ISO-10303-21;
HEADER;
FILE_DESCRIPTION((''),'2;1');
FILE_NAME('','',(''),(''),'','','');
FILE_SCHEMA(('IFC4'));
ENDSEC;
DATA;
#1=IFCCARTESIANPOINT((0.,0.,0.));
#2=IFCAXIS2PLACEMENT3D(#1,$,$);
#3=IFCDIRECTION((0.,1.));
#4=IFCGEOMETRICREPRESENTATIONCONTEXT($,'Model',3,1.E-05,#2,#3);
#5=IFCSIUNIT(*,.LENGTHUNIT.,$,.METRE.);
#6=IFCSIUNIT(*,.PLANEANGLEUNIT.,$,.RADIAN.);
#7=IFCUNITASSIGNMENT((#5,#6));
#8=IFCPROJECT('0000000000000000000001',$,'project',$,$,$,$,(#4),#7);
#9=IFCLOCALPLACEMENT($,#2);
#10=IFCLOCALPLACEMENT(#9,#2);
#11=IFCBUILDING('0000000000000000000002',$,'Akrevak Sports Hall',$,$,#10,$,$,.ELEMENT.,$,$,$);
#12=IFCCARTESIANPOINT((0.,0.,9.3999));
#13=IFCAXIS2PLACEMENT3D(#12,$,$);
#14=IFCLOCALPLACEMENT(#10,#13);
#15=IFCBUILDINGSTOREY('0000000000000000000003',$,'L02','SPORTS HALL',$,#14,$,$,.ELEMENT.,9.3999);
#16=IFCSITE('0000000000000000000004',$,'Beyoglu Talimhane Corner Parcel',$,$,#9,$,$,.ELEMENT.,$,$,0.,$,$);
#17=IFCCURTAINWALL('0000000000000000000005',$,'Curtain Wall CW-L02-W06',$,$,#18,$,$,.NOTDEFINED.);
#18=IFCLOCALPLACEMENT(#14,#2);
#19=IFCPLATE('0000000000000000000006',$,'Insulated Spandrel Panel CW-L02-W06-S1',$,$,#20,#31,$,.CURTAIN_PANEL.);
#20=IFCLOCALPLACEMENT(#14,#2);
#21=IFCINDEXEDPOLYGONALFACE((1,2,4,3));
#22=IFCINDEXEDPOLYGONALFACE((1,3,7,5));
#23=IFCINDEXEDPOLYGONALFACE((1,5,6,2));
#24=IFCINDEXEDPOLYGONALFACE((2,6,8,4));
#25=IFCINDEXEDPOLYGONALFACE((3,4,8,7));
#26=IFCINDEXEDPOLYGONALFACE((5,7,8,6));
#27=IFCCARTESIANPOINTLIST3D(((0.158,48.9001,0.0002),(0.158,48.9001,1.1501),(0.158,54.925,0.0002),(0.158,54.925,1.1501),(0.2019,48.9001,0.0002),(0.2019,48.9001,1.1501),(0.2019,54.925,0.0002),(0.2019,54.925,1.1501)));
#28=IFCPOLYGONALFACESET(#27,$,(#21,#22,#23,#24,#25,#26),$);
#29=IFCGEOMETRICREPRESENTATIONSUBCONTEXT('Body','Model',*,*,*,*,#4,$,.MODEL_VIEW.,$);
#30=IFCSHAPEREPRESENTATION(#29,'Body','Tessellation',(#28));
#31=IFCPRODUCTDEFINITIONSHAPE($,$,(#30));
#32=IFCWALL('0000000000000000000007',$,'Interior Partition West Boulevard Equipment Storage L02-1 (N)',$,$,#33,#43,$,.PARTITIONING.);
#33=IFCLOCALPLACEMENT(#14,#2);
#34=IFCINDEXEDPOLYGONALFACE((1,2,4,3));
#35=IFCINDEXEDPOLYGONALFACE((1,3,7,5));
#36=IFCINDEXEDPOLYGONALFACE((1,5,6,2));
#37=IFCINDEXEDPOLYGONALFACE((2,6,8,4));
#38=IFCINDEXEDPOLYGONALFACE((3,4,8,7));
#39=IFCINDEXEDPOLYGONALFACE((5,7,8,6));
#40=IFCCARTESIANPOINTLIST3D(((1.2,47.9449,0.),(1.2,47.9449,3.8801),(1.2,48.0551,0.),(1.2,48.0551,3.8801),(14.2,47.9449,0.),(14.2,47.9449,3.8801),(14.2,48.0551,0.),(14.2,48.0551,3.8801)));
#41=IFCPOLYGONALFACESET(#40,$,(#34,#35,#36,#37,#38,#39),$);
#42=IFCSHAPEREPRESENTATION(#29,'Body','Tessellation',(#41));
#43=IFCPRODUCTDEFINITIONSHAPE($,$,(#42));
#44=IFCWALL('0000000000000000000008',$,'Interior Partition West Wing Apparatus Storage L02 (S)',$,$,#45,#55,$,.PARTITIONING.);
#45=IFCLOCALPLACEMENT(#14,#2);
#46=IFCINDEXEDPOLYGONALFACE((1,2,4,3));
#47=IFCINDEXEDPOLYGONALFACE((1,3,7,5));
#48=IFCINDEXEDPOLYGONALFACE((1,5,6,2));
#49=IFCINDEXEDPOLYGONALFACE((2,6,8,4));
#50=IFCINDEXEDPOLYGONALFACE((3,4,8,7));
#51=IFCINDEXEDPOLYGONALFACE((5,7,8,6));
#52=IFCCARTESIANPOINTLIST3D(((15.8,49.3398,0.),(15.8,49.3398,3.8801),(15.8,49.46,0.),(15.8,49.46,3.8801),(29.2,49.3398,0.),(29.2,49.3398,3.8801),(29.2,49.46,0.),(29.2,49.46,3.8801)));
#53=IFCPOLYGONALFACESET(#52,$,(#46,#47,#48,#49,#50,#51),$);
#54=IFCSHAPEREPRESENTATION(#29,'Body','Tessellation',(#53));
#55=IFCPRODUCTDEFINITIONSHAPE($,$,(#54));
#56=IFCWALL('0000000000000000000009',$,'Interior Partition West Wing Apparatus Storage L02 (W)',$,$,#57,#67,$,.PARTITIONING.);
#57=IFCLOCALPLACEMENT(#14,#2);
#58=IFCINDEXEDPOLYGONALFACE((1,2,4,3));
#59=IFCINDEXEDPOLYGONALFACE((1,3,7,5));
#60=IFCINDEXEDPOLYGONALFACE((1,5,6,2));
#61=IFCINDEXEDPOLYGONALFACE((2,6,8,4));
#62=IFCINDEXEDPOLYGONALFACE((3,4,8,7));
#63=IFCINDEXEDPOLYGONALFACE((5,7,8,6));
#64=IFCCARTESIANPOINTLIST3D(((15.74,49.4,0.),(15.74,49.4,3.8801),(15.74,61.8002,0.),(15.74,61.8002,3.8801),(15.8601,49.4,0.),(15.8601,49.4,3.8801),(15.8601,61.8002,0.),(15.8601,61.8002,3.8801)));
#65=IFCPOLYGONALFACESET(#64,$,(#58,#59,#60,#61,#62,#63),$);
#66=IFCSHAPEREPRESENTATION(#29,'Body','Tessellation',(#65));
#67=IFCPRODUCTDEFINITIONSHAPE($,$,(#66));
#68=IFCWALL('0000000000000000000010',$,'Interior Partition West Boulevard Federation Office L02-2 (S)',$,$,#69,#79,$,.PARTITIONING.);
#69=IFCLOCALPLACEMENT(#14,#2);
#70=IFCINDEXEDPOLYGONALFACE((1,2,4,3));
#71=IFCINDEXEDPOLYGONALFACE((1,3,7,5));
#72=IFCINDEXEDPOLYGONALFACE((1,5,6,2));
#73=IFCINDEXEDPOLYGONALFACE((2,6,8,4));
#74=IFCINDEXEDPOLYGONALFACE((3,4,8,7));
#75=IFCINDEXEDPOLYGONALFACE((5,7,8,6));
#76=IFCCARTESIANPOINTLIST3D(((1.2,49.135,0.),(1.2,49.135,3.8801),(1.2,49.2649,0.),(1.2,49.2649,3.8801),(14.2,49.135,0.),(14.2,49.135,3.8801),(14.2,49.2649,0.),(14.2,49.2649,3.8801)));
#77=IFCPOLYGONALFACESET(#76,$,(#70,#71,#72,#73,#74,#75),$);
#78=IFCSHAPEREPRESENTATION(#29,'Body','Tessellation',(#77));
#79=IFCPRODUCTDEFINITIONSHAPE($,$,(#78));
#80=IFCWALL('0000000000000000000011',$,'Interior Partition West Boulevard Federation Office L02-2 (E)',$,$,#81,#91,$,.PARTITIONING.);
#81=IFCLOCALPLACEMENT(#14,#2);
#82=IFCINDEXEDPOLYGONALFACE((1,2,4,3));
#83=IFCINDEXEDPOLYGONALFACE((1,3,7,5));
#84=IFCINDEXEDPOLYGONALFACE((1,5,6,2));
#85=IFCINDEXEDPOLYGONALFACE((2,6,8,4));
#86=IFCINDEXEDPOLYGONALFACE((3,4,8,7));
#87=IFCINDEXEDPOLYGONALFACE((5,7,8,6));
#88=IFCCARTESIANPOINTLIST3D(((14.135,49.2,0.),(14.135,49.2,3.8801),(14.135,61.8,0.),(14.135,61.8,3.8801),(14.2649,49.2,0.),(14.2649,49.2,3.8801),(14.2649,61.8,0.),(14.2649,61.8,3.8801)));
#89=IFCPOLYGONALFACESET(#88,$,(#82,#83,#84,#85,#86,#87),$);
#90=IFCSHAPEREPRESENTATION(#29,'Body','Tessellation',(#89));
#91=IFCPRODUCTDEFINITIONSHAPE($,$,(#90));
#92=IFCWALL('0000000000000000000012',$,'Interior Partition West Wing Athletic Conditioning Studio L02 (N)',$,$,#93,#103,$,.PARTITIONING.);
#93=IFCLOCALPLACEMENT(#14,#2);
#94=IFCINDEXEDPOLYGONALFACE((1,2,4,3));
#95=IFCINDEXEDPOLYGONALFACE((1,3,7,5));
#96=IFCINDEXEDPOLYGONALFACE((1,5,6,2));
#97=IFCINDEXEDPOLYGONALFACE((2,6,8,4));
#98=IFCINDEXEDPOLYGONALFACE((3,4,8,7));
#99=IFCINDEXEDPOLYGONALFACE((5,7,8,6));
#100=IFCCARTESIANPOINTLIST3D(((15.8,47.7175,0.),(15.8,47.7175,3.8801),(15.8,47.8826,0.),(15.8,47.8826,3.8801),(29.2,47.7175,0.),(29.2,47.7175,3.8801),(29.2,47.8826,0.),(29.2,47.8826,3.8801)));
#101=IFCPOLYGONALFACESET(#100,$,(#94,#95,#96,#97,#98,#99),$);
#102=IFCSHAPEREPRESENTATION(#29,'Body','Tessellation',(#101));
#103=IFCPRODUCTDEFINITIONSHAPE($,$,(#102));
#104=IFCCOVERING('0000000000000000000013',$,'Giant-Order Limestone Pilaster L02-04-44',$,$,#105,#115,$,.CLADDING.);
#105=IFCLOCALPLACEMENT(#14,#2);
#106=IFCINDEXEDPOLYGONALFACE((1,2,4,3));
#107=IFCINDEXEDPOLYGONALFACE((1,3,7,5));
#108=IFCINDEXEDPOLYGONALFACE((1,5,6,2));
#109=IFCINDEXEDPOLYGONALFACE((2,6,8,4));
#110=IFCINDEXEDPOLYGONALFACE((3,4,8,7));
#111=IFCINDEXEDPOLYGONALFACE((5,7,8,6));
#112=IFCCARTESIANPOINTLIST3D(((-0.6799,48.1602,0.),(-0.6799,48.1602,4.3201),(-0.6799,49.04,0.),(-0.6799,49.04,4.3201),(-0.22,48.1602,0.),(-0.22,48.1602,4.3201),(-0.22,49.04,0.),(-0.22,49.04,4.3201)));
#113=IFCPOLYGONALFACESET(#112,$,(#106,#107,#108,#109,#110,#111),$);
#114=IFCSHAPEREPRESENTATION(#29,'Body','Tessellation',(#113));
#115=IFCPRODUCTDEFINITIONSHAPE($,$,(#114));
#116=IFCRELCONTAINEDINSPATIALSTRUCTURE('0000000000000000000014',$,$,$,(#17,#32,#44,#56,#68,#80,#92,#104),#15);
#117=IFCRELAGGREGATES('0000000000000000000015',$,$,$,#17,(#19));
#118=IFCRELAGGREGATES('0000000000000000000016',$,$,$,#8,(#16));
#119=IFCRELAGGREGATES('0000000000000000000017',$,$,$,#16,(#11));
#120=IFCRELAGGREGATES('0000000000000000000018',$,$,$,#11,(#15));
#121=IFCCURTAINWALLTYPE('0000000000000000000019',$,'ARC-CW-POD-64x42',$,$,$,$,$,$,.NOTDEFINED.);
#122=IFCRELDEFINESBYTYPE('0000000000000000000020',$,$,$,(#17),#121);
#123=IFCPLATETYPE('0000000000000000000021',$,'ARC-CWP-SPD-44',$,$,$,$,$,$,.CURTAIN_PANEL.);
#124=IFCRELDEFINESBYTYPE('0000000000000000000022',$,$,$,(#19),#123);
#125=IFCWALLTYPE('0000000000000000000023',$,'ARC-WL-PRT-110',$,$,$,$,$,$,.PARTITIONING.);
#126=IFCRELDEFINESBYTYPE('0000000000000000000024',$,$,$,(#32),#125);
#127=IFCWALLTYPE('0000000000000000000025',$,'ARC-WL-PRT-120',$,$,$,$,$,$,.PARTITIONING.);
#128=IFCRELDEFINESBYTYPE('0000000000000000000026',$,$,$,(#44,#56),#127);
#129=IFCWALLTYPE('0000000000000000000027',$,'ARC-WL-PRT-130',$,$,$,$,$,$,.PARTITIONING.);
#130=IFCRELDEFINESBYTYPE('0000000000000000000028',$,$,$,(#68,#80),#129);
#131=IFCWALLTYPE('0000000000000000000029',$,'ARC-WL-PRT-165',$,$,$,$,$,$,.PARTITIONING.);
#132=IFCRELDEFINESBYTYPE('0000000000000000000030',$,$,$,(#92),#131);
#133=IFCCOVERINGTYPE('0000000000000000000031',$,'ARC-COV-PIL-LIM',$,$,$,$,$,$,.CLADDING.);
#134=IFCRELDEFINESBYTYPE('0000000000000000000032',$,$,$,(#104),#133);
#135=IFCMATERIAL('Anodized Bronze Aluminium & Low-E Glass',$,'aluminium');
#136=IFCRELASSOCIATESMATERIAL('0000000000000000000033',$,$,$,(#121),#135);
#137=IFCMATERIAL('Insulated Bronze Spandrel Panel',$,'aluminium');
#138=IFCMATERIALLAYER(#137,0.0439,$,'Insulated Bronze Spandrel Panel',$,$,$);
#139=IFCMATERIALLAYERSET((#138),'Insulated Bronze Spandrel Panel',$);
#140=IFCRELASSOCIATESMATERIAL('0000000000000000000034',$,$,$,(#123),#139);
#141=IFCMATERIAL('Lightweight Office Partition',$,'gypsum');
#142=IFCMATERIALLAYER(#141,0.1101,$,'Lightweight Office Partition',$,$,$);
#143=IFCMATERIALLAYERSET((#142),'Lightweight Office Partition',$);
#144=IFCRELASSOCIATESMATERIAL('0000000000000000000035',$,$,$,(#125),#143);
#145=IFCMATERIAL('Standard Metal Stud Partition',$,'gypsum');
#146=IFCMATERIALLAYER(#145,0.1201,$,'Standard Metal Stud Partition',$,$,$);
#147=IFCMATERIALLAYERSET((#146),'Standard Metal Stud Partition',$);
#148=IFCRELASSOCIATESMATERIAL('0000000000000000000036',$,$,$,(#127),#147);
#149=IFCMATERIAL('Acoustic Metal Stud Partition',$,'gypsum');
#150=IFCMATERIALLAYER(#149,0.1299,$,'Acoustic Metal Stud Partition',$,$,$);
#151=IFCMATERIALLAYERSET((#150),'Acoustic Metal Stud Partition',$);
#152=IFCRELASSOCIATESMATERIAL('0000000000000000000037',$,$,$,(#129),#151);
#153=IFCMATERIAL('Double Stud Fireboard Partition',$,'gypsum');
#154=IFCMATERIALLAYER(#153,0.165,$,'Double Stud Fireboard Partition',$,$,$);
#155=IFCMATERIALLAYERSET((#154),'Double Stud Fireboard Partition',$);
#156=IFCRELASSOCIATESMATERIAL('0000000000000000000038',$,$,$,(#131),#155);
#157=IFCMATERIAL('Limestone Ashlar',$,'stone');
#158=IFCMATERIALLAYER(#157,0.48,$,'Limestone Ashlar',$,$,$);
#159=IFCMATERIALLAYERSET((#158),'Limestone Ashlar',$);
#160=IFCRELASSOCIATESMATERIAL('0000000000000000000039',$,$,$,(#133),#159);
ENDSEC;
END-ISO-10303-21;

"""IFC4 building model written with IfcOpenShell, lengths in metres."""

from ifc_helpers import new_model, si_unit, direction, frame, frame_2d, origin, origin_2d, place, context, subcontext, project, spatial, rectangle, extrude, material, layer, layer_set, type_object, element, aggregate, save


model = new_model("IFC4")

# Units and contexts
model_context = context("Model", 3, precision=1e-05, world=origin(), true_north=direction((0.0, 1.0)))
body_context = subcontext(model_context, "Body", "Model", "MODEL_VIEW")
ifc_project = project(units=[si_unit("LENGTHUNIT", "METRE"), si_unit("PLANEANGLEUNIT", "RADIAN")], contexts=[model_context])

# Site, building, storey
site_placement = place(None, origin())
site = spatial("IfcSite", under=ifc_project, at=site_placement, Name="Beyoglu Talimhane Corner Parcel", CompositionType="ELEMENT", RefElevation=0.0)
building_placement = place(site_placement, origin())
building = spatial("IfcBuilding", under=site, at=building_placement, Name="Akrevak Sports Hall", CompositionType="ELEMENT")
storey_placement = place(building_placement, frame((0.0, 0.0, 9.3999)))
storey = spatial("IfcBuildingStorey", under=building, at=storey_placement, Name="L02", Description="SPORTS HALL", CompositionType="ELEMENT", Elevation=9.3999)

# Shared definitions
ifc_material_1 = material(Name="Anodized Bronze Aluminium & Low-E Glass", Category="aluminium")
curtain_wall_type = type_object("IfcCurtainWallType", Name="ARC-CW-POD-64x42", PredefinedType="NOTDEFINED", material=ifc_material_1)

# Curtain wall
curtain_wall_1_placement = place(storey_placement, origin())
curtain_wall_1 = element("IfcCurtainWall", 1, at=curtain_wall_1_placement, inside=storey, type_object=curtain_wall_type, Name="Curtain Wall CW-L02-W06", PredefinedType="NOTDEFINED")

# Plate
ifc_material_2 = material(Name="Insulated Bronze Spandrel Panel", Category="aluminium")
ifc_layer_1 = layer(ifc_material_2, 0.0439, Name="Insulated Bronze Spandrel Panel")
ifc_layer_set_1 = layer_set([ifc_layer_1], Name="Insulated Bronze Spandrel Panel")
plate_type_1 = type_object("IfcPlateType", Name="ARC-CWP-SPD-44", PredefinedType="CURTAIN_PANEL", material=ifc_layer_set_1)
plate_1_placement = place(storey_placement, frame((0.1799, 51.9126, 0.0002), z_axis=(0.0, 0.0, 1.0), x_axis=(0.0, -1.0, 0.0)))
plate_1 = element("IfcPlate", 2, at=plate_1_placement, type_object=plate_type_1, Name="Insulated Spandrel Panel CW-L02-W06-S1", PredefinedType="CURTAIN_PANEL", context=body_context, shape_type="SweptSolid", body=[
    extrude(rectangle(XDim=6.0249, YDim=0.0439, at=origin_2d()), origin(), (0.0, 0.0, 1.0), 1.1499),
])
aggregate(curtain_wall_1, [plate_1])

# Walls
ifc_material_3 = material(Name="Lightweight Office Partition", Category="gypsum")
ifc_layer_2 = layer(ifc_material_3, 0.1101, Name="Lightweight Office Partition")
ifc_layer_set_2 = layer_set([ifc_layer_2], Name="Lightweight Office Partition")
wall_type_1 = type_object("IfcWallType", Name="ARC-WL-PRT-110", PredefinedType="PARTITIONING", material=ifc_layer_set_2)
wall_1_placement = place(storey_placement, frame((1.2, 48.0, 0.0), z_axis=(0.0, 0.0, 1.0), x_axis=(1.0, 0.0, 0.0)))
element("IfcWall", 3, at=wall_1_placement, inside=storey, type_object=wall_type_1, Name="Interior Partition West Boulevard Equipment Storage L02-1 (N)", PredefinedType="PARTITIONING", context=body_context, shape_type="SweptSolid", body=[
    extrude(rectangle(XDim=13.0, YDim=0.1101, at=frame_2d((6.5, 0.0))), origin(), (0.0, 0.0, 1.0), 3.8801),
])
ifc_material_4 = material(Name="Standard Metal Stud Partition", Category="gypsum")
ifc_layer_3 = layer(ifc_material_4, 0.1201, Name="Standard Metal Stud Partition")
ifc_layer_set_3 = layer_set([ifc_layer_3], Name="Standard Metal Stud Partition")
wall_type_2 = type_object("IfcWallType", Name="ARC-WL-PRT-120", PredefinedType="PARTITIONING", material=ifc_layer_set_3)
wall_2_placement = place(storey_placement, frame((15.8, 49.3999, 0.0), z_axis=(0.0, 0.0, 1.0), x_axis=(1.0, 0.0, 0.0)))
element("IfcWall", 4, at=wall_2_placement, inside=storey, type_object=wall_type_2, Name="Interior Partition West Wing Apparatus Storage L02 (S)", PredefinedType="PARTITIONING", context=body_context, shape_type="SweptSolid", body=[
    extrude(rectangle(XDim=13.3999, YDim=0.1201, at=frame_2d((6.7, 0.0))), origin(), (0.0, 0.0, 1.0), 3.8801),
])
wall_3_placement = place(storey_placement, frame((15.8, 49.3999, 0.0), z_axis=(0.0, 0.0, 1.0), x_axis=(0.0, 1.0, 0.0)))
element("IfcWall", 5, at=wall_3_placement, inside=storey, type_object=wall_type_2, Name="Interior Partition West Wing Apparatus Storage L02 (W)", PredefinedType="PARTITIONING", context=body_context, shape_type="SweptSolid", body=[
    extrude(rectangle(XDim=12.4001, YDim=0.1201, at=frame_2d((6.2002, 0.0))), origin(), (0.0, 0.0, 1.0), 3.8801),
])
ifc_material_5 = material(Name="Acoustic Metal Stud Partition", Category="gypsum")
ifc_layer_4 = layer(ifc_material_5, 0.1299, Name="Acoustic Metal Stud Partition")
ifc_layer_set_4 = layer_set([ifc_layer_4], Name="Acoustic Metal Stud Partition")
wall_type_3 = type_object("IfcWallType", Name="ARC-WL-PRT-130", PredefinedType="PARTITIONING", material=ifc_layer_set_4)
wall_4_placement = place(storey_placement, frame((1.2, 49.2, 0.0), z_axis=(0.0, 0.0, 1.0), x_axis=(1.0, 0.0, 0.0)))
element("IfcWall", 6, at=wall_4_placement, inside=storey, type_object=wall_type_3, Name="Interior Partition West Boulevard Federation Office L02-2 (S)", PredefinedType="PARTITIONING", context=body_context, shape_type="SweptSolid", body=[
    extrude(rectangle(XDim=13.0, YDim=0.1299, at=frame_2d((6.5, 0.0))), origin(), (0.0, 0.0, 1.0), 3.8801),
])
wall_5_placement = place(storey_placement, frame((14.2, 49.2, 0.0), z_axis=(0.0, 0.0, 1.0), x_axis=(0.0, 1.0, 0.0)))
element("IfcWall", 7, at=wall_5_placement, inside=storey, type_object=wall_type_3, Name="Interior Partition West Boulevard Federation Office L02-2 (E)", PredefinedType="PARTITIONING", context=body_context, shape_type="SweptSolid", body=[
    extrude(rectangle(XDim=12.6001, YDim=0.1299, at=frame_2d((6.3, 0.0))), origin(), (0.0, 0.0, 1.0), 3.8801),
])
ifc_material_6 = material(Name="Double Stud Fireboard Partition", Category="gypsum")
ifc_layer_5 = layer(ifc_material_6, 0.165, Name="Double Stud Fireboard Partition")
ifc_layer_set_5 = layer_set([ifc_layer_5], Name="Double Stud Fireboard Partition")
wall_type_4 = type_object("IfcWallType", Name="ARC-WL-PRT-165", PredefinedType="PARTITIONING", material=ifc_layer_set_5)
wall_6_placement = place(storey_placement, frame((15.8, 47.8, 0.0), z_axis=(0.0, 0.0, 1.0), x_axis=(1.0, 0.0, 0.0)))
element("IfcWall", 8, at=wall_6_placement, inside=storey, type_object=wall_type_4, Name="Interior Partition West Wing Athletic Conditioning Studio L02 (N)", PredefinedType="PARTITIONING", context=body_context, shape_type="SweptSolid", body=[
    extrude(rectangle(XDim=13.3999, YDim=0.165, at=frame_2d((6.7, 0.0))), origin(), (0.0, 0.0, 1.0), 3.8801),
])

# Covering
ifc_material_7 = material(Name="Limestone Ashlar", Category="stone")
ifc_layer_6 = layer(ifc_material_7, 0.48, Name="Limestone Ashlar")
ifc_layer_set_6 = layer_set([ifc_layer_6], Name="Limestone Ashlar")
covering_type = type_object("IfcCoveringType", Name="ARC-COV-PIL-LIM", PredefinedType="CLADDING", material=ifc_layer_set_6)
covering_placement = place(storey_placement, frame((-0.45, 48.6001, 0.0), z_axis=(0.0, 0.0, 1.0), x_axis=(0.0, -1.0, 0.0)))
element("IfcCovering", 9, at=covering_placement, inside=storey, type_object=covering_type, Name="Giant-Order Limestone Pilaster L02-04-44", PredefinedType="CLADDING", context=body_context, shape_type="SweptSolid", body=[
    extrude(rectangle(XDim=0.8799, YDim=0.46, at=origin_2d()), origin(), (0.0, 0.0, 1.0), 4.3201),
])

save(model, "model.ifc")
